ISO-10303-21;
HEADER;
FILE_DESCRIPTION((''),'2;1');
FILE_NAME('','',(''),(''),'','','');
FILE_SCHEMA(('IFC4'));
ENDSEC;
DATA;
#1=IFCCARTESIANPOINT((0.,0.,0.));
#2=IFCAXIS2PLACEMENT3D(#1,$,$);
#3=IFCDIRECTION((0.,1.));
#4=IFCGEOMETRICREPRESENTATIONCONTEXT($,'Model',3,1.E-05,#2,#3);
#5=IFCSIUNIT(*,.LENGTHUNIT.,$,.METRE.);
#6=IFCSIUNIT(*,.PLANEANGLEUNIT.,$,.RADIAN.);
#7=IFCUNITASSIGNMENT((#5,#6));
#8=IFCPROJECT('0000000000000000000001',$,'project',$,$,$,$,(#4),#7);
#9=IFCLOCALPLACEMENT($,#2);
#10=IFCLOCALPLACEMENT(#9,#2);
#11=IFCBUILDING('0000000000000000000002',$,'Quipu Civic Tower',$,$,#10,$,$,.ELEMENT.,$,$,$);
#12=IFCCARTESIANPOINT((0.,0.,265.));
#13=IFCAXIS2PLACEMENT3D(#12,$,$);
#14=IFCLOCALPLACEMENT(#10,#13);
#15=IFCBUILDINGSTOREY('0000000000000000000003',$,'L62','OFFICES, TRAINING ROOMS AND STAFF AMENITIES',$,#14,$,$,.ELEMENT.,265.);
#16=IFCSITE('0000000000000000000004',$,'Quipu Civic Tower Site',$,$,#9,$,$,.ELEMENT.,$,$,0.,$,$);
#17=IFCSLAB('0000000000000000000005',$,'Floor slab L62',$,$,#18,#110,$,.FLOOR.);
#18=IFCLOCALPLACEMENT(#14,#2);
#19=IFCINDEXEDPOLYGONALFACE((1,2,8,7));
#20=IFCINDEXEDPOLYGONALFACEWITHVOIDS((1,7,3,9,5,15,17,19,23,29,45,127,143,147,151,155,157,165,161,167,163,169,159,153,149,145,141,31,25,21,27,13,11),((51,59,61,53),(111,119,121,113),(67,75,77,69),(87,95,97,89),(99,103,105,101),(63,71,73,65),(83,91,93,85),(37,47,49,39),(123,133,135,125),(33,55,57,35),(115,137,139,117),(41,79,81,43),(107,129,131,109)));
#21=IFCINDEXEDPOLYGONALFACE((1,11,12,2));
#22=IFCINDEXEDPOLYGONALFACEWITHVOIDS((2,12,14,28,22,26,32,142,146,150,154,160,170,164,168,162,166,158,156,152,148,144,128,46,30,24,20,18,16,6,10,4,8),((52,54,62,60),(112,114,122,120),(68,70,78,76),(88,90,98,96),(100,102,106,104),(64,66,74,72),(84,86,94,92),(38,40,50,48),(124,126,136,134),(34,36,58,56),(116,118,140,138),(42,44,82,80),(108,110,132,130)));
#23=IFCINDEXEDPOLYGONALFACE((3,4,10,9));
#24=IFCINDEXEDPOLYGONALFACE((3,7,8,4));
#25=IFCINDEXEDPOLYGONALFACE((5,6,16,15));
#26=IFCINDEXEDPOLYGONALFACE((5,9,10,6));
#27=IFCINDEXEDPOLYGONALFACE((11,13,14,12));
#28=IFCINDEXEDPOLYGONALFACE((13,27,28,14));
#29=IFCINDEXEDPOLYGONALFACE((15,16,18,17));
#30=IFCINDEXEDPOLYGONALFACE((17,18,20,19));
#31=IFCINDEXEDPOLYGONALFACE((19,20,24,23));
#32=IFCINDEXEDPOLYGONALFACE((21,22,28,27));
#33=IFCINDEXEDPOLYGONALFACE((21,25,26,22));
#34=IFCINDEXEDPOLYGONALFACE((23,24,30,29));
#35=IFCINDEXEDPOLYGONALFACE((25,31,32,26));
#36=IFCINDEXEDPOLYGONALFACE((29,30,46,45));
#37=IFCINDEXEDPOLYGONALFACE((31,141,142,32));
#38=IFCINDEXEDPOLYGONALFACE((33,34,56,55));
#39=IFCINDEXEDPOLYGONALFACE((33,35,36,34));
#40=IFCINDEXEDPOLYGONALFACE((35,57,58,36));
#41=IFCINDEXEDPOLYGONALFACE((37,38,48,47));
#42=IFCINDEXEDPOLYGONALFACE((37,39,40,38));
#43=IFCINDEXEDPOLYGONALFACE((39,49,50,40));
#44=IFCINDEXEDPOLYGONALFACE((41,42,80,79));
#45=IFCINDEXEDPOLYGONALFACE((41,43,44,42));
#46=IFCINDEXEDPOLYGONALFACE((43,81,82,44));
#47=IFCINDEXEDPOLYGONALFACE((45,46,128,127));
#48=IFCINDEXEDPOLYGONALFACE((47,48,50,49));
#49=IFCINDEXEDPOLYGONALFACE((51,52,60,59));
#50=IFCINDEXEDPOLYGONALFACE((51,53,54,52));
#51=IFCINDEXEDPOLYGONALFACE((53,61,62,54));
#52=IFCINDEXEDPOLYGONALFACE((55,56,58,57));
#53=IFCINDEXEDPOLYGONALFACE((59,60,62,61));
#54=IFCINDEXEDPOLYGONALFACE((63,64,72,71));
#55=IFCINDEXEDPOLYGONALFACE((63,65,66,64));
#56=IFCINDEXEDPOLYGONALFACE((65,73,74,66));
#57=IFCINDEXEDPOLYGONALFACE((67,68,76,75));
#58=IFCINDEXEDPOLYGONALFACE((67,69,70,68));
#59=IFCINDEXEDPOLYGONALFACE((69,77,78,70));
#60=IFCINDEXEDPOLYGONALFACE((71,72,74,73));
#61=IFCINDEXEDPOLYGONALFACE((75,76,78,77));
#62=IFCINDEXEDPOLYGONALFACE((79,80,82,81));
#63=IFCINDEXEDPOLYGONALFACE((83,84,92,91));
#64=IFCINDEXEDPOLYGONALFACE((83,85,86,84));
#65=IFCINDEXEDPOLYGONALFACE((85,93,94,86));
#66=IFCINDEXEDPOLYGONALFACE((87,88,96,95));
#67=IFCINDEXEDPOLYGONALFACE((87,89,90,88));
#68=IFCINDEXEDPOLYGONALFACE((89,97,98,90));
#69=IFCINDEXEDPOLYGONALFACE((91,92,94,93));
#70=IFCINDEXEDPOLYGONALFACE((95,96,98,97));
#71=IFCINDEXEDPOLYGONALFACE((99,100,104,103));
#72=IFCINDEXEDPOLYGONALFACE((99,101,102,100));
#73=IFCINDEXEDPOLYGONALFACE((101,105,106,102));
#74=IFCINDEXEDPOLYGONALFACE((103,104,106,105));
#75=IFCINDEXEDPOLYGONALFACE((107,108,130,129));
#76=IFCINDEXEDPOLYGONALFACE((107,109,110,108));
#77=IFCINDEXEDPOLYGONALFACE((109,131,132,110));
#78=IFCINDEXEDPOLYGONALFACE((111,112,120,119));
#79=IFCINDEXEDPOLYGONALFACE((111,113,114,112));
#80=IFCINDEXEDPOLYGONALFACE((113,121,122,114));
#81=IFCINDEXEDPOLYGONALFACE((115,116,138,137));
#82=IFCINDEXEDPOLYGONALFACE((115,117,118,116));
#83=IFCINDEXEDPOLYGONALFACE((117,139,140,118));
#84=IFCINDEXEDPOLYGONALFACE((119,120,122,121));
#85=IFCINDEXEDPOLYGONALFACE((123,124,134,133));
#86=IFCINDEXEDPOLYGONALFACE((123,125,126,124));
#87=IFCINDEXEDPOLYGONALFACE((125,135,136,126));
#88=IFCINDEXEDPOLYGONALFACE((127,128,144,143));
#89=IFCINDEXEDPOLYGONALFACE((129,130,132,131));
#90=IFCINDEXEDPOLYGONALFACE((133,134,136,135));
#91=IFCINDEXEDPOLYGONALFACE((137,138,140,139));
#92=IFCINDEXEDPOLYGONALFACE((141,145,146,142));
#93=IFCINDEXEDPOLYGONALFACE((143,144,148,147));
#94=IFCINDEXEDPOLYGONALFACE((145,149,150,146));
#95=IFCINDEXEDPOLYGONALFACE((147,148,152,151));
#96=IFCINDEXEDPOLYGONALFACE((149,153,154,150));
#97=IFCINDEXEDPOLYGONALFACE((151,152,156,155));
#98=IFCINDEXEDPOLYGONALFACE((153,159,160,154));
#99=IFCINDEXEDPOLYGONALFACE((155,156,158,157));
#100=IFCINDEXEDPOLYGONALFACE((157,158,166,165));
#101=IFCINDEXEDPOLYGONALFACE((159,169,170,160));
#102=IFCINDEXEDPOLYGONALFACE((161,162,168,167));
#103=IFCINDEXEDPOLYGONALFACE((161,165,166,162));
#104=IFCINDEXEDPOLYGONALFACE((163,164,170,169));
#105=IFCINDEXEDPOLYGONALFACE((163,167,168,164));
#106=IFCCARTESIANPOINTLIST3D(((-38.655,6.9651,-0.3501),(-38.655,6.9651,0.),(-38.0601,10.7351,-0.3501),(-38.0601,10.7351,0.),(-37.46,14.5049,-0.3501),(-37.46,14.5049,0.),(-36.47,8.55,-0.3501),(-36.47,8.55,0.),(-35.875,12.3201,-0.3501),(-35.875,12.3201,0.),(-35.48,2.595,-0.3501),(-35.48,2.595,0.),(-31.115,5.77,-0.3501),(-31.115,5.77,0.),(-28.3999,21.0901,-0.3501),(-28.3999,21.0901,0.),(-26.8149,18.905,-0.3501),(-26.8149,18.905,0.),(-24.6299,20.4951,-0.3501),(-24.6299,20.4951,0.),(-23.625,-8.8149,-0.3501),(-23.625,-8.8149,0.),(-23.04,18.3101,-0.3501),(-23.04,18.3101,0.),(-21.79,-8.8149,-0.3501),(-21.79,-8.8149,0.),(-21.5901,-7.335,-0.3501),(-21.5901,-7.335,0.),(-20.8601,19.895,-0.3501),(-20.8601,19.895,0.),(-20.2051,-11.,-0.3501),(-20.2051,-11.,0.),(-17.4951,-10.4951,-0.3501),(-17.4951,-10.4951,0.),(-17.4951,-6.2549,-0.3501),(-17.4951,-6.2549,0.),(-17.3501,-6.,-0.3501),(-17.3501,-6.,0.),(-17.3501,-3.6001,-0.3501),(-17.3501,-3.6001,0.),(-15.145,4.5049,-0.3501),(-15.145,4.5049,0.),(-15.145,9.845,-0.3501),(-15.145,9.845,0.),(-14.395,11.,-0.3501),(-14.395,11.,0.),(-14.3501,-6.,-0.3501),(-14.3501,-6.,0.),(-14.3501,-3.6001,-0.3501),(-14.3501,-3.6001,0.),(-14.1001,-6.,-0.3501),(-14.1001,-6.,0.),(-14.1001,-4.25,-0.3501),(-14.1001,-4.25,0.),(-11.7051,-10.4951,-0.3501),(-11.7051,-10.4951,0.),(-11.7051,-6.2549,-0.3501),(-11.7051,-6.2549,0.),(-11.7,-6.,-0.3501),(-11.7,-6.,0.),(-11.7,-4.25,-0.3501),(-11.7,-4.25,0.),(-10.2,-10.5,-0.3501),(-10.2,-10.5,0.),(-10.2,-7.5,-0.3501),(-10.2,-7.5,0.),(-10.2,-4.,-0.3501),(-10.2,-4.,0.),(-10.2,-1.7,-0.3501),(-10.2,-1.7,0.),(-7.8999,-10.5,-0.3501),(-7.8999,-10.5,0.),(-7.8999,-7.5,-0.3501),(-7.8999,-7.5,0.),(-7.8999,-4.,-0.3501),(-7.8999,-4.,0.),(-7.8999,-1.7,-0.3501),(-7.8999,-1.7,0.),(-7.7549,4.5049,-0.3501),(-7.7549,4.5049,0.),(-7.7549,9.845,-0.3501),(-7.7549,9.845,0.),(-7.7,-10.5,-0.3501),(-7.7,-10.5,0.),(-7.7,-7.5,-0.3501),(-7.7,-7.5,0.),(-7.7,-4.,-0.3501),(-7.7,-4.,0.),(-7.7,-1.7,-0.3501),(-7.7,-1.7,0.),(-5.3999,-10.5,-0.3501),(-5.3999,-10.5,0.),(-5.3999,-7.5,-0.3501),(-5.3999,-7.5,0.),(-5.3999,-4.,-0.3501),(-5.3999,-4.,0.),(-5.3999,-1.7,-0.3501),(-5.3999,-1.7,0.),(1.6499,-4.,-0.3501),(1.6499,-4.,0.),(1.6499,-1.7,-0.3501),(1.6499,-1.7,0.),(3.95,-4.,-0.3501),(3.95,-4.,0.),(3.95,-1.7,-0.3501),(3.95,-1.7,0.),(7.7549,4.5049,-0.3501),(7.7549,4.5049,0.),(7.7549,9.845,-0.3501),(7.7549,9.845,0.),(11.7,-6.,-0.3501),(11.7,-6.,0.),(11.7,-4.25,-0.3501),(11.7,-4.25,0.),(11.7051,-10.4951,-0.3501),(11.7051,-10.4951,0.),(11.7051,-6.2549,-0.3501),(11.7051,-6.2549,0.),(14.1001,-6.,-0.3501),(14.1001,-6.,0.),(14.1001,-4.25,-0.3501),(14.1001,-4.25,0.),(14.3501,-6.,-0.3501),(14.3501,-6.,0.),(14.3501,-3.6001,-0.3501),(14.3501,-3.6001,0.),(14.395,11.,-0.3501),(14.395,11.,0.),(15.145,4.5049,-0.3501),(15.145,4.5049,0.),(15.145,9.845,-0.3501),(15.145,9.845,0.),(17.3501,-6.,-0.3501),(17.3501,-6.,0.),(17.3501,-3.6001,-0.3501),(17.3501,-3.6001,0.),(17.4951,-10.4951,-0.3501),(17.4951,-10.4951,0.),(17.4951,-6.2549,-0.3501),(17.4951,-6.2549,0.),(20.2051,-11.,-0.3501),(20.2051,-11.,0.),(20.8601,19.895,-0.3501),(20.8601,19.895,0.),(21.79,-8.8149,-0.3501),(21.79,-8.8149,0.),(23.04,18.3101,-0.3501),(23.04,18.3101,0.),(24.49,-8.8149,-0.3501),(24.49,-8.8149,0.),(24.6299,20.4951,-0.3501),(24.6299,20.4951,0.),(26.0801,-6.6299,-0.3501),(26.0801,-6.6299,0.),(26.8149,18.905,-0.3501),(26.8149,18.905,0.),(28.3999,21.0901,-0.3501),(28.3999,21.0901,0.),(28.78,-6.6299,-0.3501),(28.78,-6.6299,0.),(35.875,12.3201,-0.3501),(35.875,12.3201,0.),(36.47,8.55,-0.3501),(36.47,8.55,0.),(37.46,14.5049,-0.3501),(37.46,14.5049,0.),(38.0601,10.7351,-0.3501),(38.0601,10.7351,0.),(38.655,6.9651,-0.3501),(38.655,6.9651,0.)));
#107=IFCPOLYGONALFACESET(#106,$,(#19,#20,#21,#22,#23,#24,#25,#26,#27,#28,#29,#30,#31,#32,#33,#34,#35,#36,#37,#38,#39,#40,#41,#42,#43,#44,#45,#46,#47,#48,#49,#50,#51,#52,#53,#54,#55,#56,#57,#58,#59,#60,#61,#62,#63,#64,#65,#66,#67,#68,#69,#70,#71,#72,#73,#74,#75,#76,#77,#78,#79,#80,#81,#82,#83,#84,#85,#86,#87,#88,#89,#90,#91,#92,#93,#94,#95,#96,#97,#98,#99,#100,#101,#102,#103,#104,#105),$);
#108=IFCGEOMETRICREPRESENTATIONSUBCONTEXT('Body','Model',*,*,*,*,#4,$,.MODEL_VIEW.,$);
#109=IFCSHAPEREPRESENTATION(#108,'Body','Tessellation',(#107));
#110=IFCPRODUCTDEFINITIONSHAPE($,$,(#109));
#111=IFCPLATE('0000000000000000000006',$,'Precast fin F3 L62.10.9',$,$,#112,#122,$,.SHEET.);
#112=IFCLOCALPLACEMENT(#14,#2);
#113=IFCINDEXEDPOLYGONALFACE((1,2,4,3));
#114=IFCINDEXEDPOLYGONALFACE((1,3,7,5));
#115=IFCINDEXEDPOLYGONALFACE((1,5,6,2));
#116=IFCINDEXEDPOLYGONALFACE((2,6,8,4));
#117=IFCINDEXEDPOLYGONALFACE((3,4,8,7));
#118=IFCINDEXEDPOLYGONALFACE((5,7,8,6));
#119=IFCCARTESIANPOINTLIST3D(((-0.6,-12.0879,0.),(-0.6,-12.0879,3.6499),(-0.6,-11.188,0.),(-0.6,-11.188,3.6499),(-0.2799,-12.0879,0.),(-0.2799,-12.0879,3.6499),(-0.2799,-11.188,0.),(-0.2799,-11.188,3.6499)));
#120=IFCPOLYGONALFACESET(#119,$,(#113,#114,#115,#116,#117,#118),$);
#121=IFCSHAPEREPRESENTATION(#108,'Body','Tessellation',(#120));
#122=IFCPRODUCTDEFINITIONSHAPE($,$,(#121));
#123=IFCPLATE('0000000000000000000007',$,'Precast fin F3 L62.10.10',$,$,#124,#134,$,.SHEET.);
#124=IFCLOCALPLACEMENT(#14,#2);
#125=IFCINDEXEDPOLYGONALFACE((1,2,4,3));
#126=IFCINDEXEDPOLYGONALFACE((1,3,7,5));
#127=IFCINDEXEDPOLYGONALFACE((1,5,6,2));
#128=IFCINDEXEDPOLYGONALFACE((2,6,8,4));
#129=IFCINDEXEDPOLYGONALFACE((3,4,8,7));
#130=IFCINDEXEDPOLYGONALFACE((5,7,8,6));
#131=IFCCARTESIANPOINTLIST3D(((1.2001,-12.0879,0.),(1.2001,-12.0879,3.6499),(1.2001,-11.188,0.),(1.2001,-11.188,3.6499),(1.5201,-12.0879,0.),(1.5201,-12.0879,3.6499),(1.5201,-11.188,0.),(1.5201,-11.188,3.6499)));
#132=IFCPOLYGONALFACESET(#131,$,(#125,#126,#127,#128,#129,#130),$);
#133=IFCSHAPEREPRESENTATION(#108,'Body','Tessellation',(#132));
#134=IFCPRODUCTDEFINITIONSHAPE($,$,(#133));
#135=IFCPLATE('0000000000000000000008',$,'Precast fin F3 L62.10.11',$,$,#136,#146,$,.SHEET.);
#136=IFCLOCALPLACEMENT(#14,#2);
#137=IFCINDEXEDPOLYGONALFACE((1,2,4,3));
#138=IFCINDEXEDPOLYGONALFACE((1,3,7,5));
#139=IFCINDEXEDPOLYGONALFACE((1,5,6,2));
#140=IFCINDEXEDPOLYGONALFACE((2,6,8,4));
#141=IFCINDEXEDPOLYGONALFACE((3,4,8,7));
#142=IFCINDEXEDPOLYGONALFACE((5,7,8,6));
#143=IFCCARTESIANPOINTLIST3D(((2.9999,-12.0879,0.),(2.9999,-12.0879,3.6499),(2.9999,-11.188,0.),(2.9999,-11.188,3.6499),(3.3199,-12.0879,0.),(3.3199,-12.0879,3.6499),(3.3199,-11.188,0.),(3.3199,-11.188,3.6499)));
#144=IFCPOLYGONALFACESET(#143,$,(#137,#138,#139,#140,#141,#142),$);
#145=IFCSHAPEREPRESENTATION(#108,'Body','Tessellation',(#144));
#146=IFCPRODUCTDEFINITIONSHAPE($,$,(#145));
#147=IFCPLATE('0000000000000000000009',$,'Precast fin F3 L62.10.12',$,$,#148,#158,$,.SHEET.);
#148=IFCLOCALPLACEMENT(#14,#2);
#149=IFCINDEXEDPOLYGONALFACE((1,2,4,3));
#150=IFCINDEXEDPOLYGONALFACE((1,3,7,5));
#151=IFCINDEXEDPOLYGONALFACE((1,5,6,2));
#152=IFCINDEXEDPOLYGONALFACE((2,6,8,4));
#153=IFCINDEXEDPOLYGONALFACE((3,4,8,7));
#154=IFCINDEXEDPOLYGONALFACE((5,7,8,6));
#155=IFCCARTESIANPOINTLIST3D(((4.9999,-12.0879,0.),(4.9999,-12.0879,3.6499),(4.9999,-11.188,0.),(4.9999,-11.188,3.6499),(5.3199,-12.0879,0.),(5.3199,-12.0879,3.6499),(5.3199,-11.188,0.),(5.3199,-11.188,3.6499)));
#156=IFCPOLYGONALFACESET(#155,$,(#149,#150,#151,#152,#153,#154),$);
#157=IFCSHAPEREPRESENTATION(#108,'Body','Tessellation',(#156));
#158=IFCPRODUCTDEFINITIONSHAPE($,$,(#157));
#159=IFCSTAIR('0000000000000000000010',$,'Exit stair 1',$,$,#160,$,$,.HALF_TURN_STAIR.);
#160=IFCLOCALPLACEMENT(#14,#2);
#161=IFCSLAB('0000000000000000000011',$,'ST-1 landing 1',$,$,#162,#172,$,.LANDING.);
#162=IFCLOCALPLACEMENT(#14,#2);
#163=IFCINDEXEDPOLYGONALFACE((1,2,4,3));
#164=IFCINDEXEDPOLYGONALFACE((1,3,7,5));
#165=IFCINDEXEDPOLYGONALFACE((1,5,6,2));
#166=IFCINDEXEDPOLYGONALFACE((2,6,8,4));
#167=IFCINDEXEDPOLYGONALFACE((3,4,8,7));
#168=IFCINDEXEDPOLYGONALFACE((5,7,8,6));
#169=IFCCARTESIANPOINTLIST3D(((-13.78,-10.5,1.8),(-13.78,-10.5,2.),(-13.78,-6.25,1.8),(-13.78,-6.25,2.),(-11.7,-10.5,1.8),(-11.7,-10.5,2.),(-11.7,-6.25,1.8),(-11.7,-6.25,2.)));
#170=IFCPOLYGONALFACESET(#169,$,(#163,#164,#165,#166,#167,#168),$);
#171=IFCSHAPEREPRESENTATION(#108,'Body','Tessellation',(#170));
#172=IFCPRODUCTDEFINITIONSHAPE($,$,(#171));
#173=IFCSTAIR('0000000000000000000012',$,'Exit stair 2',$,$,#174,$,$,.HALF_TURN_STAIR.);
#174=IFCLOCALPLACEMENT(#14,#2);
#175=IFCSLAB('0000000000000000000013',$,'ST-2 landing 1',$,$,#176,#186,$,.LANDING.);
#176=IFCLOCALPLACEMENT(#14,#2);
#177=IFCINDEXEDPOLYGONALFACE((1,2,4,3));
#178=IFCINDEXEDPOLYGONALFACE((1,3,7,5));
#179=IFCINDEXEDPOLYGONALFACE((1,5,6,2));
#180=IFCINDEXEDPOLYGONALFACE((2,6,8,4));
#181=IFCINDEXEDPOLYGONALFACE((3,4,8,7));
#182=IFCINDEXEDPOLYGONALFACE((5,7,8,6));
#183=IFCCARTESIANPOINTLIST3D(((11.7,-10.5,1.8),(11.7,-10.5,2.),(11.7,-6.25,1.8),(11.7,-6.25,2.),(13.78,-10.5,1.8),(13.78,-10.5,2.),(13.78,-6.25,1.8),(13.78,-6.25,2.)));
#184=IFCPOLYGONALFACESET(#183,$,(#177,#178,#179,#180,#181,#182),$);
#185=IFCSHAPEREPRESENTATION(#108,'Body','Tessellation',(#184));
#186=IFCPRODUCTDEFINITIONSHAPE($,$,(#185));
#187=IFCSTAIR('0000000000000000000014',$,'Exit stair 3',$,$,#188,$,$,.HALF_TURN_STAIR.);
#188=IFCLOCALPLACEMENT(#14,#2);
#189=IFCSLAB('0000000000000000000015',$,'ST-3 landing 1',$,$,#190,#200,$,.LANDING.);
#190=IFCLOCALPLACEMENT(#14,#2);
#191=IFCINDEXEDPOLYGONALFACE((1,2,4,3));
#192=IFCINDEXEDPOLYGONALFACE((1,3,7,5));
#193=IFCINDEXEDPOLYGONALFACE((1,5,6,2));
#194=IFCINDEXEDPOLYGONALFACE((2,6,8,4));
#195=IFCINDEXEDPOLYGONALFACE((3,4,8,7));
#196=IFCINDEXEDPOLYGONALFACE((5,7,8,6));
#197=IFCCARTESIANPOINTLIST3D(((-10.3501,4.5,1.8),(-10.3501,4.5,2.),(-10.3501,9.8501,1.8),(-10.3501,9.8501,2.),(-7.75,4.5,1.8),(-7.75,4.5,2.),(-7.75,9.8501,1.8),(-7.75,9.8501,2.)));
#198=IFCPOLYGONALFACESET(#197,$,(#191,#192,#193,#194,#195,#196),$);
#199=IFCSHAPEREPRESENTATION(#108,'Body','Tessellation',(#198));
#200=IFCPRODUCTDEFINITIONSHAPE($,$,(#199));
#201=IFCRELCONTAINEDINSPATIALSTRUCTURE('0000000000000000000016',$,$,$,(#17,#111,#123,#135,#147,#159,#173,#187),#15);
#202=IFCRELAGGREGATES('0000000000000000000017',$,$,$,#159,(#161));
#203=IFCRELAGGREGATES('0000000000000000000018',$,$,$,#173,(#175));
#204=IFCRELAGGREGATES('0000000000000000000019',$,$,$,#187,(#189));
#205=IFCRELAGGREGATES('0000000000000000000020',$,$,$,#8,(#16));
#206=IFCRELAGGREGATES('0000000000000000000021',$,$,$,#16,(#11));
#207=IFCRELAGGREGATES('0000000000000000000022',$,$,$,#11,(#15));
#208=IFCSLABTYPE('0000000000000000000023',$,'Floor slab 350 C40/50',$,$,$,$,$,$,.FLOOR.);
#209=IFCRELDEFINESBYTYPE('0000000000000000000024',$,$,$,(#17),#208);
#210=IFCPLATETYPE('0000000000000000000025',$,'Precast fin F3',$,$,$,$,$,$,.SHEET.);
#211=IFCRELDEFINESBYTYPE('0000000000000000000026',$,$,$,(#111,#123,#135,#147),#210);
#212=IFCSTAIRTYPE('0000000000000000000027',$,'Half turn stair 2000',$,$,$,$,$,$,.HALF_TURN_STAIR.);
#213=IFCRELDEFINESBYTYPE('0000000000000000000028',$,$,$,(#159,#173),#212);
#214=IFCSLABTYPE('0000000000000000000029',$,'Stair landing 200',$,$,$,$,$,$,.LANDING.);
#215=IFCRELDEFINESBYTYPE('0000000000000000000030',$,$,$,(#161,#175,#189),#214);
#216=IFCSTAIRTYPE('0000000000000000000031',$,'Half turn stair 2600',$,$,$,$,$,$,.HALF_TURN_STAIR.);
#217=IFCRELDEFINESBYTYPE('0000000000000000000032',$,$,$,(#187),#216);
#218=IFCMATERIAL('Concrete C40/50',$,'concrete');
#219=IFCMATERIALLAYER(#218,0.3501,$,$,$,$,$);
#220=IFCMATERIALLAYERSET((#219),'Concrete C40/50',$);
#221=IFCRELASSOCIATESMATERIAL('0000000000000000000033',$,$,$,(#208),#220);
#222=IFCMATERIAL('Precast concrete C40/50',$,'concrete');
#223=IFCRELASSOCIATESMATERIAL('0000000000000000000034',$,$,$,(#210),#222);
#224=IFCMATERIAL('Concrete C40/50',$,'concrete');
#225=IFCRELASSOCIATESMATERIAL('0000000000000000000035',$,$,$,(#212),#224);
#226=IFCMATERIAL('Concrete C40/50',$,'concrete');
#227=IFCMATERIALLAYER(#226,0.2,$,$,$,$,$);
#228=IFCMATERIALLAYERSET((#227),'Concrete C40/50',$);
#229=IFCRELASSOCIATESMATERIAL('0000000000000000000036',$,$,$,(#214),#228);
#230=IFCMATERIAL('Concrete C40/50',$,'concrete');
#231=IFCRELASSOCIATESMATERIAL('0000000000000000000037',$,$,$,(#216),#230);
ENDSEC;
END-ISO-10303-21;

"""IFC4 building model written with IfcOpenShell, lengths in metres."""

from ifc_helpers import new_model, si_unit, direction, frame, origin, origin_2d, place, context, subcontext, project, spatial, polyline, rectangle, outline, extrude, material, layer, layer_set, type_object, element, aggregate, save


model = new_model("IFC4")

# Units and contexts
model_context = context("Model", 3, precision=1e-05, world=origin(), true_north=direction((0.0, 1.0)))
body_context = subcontext(model_context, "Body", "Model", "MODEL_VIEW")
ifc_project = project(units=[si_unit("LENGTHUNIT", "METRE"), si_unit("PLANEANGLEUNIT", "RADIAN")], contexts=[model_context])

# Site, building, storey
site_placement = place(None, origin())
site = spatial("IfcSite", under=ifc_project, at=site_placement, Name="Quipu Civic Tower Site", CompositionType="ELEMENT", RefElevation=0.0)
building_placement = place(site_placement, origin())
building = spatial("IfcBuilding", under=site, at=building_placement, Name="Quipu Civic Tower", CompositionType="ELEMENT")
storey_placement = place(building_placement, frame((0.0, 0.0, 265.0)))
storey = spatial("IfcBuildingStorey", under=building, at=storey_placement, Name="L62", Description="OFFICES, TRAINING ROOMS AND STAFF AMENITIES", CompositionType="ELEMENT", Elevation=265.0)

# Slab
ifc_material_1 = material(Name="Concrete C40/50", Category="concrete")
ifc_layer_1 = layer(ifc_material_1, 0.3501)
ifc_layer_set_1 = layer_set([ifc_layer_1], Name="Concrete C40/50")
slab_type_1 = type_object("IfcSlabType", Name="Floor slab 350 C40/50", PredefinedType="FLOOR", material=ifc_layer_set_1)
slab_1_placement = place(storey_placement, frame((0.0, 0.0, -0.3501)))
element("IfcSlab", 1, at=slab_1_placement, inside=storey, type_object=slab_type_1, Name="Floor slab L62", PredefinedType="FLOOR", context=body_context, shape_type="SweptSolid", body=[
    extrude(outline(polyline([(-38.0601, 10.7351), (-35.875, 12.3201), (-37.46, 14.5049), (-28.3999, 21.0901), (-26.8149, 18.905), (-24.6299, 20.4951), (-23.04, 18.3101), (-20.8601, 19.895), (-14.395, 11.0), (14.395, 11.0), (20.8601, 19.895), (23.04, 18.3101), (24.6299, 20.4951), (26.8149, 18.905), (28.3999, 21.0901), (37.46, 14.5049), (35.875, 12.3201), (38.0601, 10.7351), (36.47, 8.55), (38.655, 6.9651), (28.78, -6.6299), (26.0801, -6.6299), (24.49, -8.8149), (21.79, -8.8149), (20.2051, -11.0), (-20.2051, -11.0), (-21.79, -8.8149), (-23.625, -8.8149), (-21.5901, -7.335), (-31.115, 5.77), (-35.48, 2.595), (-38.655, 6.9651), (-36.47, 8.55), (-38.0601, 10.7351)]), holes=[polyline([(-10.2, -10.5), (-7.8999, -10.5), (-7.8999, -7.5), (-10.2, -7.5), (-10.2, -10.5)]), polyline([(-7.7, -7.5), (-7.7, -10.5), (-5.3999, -10.5), (-5.3999, -7.5), (-7.7, -7.5)]), polyline([(-11.7051, -6.2549), (-17.4951, -6.2549), (-17.4951, -10.4951), (-11.7051, -10.4951), (-11.7051, -6.2549)]), polyline([(-14.1001, -6.0), (-11.7, -6.0), (-11.7, -4.25), (-14.1001, -4.25), (-14.1001, -6.0)]), polyline([(-17.3501, -3.6001), (-17.3501, -6.0), (-14.3501, -6.0), (-14.3501, -3.6001), (-17.3501, -3.6001)]), polyline([(-10.2, -1.7), (-10.2, -4.0), (-7.8999, -4.0), (-7.8999, -1.7), (-10.2, -1.7)]), polyline([(-15.145, 9.845), (-15.145, 4.5049), (-7.7549, 4.5049), (-7.7549, 9.845), (-15.145, 9.845)]), polyline([(11.7051, -10.4951), (17.4951, -10.4951), (17.4951, -6.2549), (11.7051, -6.2549), (11.7051, -10.4951)]), polyline([(11.7, -4.25), (11.7, -6.0), (14.1001, -6.0), (14.1001, -4.25), (11.7, -4.25)]), polyline([(14.3501, -3.6001), (14.3501, -6.0), (17.3501, -6.0), (17.3501, -3.6001), (14.3501, -3.6001)]), polyline([(-7.7, -1.7), (-7.7, -4.0), (-5.3999, -4.0), (-5.3999, -1.7), (-7.7, -1.7)]), polyline([(1.6499, -1.7), (1.6499, -4.0), (3.95, -4.0), (3.95, -1.7), (1.6499, -1.7)]), polyline([(7.7549, 4.5049), (15.145, 4.5049), (15.145, 9.845), (7.7549, 9.845), (7.7549, 4.5049)])]), origin(), (0.0, 0.0, 1.0), 0.3501),
])

# Plates
ifc_material_2 = material(Name="Precast concrete C40/50", Category="concrete")
plate_type = type_object("IfcPlateType", Name="Precast fin F3", PredefinedType="SHEET", material=ifc_material_2)
for number, where, z_axis, x_axis, name in (
    (2, (-0.4399, -11.6379, 0.0), (0.0, 0.0, 1.0), (1.0, 0.0, 0.0), "Precast fin F3 L62.10.9"),
    (3, (1.3601, -11.6379, 0.0), (0.0, 0.0, 1.0), (1.0, 0.0, 0.0), "Precast fin F3 L62.10.10"),
    (4, (3.1599, -11.6379, 0.0), (0.0, 0.0, 1.0), (1.0, 0.0, 0.0), "Precast fin F3 L62.10.11"),
    (5, (5.1599, -11.6379, 0.0), (0.0, 0.0, 1.0), (1.0, 0.0, 0.0), "Precast fin F3 L62.10.12"),
):
    element("IfcPlate", number, at=place(storey_placement, frame(where, z_axis=z_axis, x_axis=x_axis)), inside=storey, type_object=plate_type, Name=name, PredefinedType="SHEET", context=body_context, shape_type="SweptSolid", body=[
        extrude(rectangle(XDim=0.3201, YDim=0.8999, at=origin_2d()), origin(), (0.0, 0.0, 1.0), 3.6499),
    ])

# Stairs, slabs
ifc_material_3 = material(Name="Concrete C40/50", Category="concrete")
stair_type_1 = type_object("IfcStairType", Name="Half turn stair 2000", PredefinedType="HALF_TURN_STAIR", material=ifc_material_3)
stair_1_placement = place(storey_placement, origin())
stair_1 = element("IfcStair", 6, at=stair_1_placement, inside=storey, type_object=stair_type_1, Name="Exit stair 1", PredefinedType="HALF_TURN_STAIR")
ifc_material_4 = material(Name="Concrete C40/50", Category="concrete")
ifc_layer_2 = layer(ifc_material_4, 0.2)
ifc_layer_set_2 = layer_set([ifc_layer_2], Name="Concrete C40/50")
slab_type_2 = type_object("IfcSlabType", Name="Stair landing 200", PredefinedType="LANDING", material=ifc_layer_set_2)
slab_2_placement = place(storey_placement, frame((0.0, 0.0, 1.8)))
slab_2 = element("IfcSlab", 7, at=slab_2_placement, type_object=slab_type_2, Name="ST-1 landing 1", PredefinedType="LANDING", context=body_context, shape_type="SweptSolid", body=[
    extrude(outline(polyline([(-13.78, -10.5), (-11.7, -10.5), (-11.7, -6.25), (-13.78, -6.25), (-13.78, -10.5)])), origin(), (0.0, 0.0, 1.0), 0.2),
])
aggregate(stair_1, [slab_2])
stair_2_placement = place(storey_placement, origin())
stair_2 = element("IfcStair", 8, at=stair_2_placement, inside=storey, type_object=stair_type_1, Name="Exit stair 2", PredefinedType="HALF_TURN_STAIR")
slab_3_placement = place(storey_placement, frame((0.0, 0.0, 1.8)))
slab_3 = element("IfcSlab", 9, at=slab_3_placement, type_object=slab_type_2, Name="ST-2 landing 1", PredefinedType="LANDING", context=body_context, shape_type="SweptSolid", body=[
    extrude(outline(polyline([(13.78, -6.25), (11.7, -6.25), (11.7, -10.5), (13.78, -10.5), (13.78, -6.25)])), origin(), (0.0, 0.0, 1.0), 0.2),
])
aggregate(stair_2, [slab_3])
ifc_material_5 = material(Name="Concrete C40/50", Category="concrete")
stair_type_2 = type_object("IfcStairType", Name="Half turn stair 2600", PredefinedType="HALF_TURN_STAIR", material=ifc_material_5)
stair_3_placement = place(storey_placement, origin())
stair_3 = element("IfcStair", 10, at=stair_3_placement, inside=storey, type_object=stair_type_2, Name="Exit stair 3", PredefinedType="HALF_TURN_STAIR")
slab_4_placement = place(storey_placement, frame((0.0, 0.0, 1.8)))
slab_4 = element("IfcSlab", 11, at=slab_4_placement, type_object=slab_type_2, Name="ST-3 landing 1", PredefinedType="LANDING", context=body_context, shape_type="SweptSolid", body=[
    extrude(outline(polyline([(-10.3501, 4.5), (-7.75, 4.5), (-7.75, 9.8501), (-10.3501, 9.8501), (-10.3501, 4.5)])), origin(), (0.0, 0.0, 1.0), 0.2),
])
aggregate(stair_3, [slab_4])

save(model, "model.ifc")
